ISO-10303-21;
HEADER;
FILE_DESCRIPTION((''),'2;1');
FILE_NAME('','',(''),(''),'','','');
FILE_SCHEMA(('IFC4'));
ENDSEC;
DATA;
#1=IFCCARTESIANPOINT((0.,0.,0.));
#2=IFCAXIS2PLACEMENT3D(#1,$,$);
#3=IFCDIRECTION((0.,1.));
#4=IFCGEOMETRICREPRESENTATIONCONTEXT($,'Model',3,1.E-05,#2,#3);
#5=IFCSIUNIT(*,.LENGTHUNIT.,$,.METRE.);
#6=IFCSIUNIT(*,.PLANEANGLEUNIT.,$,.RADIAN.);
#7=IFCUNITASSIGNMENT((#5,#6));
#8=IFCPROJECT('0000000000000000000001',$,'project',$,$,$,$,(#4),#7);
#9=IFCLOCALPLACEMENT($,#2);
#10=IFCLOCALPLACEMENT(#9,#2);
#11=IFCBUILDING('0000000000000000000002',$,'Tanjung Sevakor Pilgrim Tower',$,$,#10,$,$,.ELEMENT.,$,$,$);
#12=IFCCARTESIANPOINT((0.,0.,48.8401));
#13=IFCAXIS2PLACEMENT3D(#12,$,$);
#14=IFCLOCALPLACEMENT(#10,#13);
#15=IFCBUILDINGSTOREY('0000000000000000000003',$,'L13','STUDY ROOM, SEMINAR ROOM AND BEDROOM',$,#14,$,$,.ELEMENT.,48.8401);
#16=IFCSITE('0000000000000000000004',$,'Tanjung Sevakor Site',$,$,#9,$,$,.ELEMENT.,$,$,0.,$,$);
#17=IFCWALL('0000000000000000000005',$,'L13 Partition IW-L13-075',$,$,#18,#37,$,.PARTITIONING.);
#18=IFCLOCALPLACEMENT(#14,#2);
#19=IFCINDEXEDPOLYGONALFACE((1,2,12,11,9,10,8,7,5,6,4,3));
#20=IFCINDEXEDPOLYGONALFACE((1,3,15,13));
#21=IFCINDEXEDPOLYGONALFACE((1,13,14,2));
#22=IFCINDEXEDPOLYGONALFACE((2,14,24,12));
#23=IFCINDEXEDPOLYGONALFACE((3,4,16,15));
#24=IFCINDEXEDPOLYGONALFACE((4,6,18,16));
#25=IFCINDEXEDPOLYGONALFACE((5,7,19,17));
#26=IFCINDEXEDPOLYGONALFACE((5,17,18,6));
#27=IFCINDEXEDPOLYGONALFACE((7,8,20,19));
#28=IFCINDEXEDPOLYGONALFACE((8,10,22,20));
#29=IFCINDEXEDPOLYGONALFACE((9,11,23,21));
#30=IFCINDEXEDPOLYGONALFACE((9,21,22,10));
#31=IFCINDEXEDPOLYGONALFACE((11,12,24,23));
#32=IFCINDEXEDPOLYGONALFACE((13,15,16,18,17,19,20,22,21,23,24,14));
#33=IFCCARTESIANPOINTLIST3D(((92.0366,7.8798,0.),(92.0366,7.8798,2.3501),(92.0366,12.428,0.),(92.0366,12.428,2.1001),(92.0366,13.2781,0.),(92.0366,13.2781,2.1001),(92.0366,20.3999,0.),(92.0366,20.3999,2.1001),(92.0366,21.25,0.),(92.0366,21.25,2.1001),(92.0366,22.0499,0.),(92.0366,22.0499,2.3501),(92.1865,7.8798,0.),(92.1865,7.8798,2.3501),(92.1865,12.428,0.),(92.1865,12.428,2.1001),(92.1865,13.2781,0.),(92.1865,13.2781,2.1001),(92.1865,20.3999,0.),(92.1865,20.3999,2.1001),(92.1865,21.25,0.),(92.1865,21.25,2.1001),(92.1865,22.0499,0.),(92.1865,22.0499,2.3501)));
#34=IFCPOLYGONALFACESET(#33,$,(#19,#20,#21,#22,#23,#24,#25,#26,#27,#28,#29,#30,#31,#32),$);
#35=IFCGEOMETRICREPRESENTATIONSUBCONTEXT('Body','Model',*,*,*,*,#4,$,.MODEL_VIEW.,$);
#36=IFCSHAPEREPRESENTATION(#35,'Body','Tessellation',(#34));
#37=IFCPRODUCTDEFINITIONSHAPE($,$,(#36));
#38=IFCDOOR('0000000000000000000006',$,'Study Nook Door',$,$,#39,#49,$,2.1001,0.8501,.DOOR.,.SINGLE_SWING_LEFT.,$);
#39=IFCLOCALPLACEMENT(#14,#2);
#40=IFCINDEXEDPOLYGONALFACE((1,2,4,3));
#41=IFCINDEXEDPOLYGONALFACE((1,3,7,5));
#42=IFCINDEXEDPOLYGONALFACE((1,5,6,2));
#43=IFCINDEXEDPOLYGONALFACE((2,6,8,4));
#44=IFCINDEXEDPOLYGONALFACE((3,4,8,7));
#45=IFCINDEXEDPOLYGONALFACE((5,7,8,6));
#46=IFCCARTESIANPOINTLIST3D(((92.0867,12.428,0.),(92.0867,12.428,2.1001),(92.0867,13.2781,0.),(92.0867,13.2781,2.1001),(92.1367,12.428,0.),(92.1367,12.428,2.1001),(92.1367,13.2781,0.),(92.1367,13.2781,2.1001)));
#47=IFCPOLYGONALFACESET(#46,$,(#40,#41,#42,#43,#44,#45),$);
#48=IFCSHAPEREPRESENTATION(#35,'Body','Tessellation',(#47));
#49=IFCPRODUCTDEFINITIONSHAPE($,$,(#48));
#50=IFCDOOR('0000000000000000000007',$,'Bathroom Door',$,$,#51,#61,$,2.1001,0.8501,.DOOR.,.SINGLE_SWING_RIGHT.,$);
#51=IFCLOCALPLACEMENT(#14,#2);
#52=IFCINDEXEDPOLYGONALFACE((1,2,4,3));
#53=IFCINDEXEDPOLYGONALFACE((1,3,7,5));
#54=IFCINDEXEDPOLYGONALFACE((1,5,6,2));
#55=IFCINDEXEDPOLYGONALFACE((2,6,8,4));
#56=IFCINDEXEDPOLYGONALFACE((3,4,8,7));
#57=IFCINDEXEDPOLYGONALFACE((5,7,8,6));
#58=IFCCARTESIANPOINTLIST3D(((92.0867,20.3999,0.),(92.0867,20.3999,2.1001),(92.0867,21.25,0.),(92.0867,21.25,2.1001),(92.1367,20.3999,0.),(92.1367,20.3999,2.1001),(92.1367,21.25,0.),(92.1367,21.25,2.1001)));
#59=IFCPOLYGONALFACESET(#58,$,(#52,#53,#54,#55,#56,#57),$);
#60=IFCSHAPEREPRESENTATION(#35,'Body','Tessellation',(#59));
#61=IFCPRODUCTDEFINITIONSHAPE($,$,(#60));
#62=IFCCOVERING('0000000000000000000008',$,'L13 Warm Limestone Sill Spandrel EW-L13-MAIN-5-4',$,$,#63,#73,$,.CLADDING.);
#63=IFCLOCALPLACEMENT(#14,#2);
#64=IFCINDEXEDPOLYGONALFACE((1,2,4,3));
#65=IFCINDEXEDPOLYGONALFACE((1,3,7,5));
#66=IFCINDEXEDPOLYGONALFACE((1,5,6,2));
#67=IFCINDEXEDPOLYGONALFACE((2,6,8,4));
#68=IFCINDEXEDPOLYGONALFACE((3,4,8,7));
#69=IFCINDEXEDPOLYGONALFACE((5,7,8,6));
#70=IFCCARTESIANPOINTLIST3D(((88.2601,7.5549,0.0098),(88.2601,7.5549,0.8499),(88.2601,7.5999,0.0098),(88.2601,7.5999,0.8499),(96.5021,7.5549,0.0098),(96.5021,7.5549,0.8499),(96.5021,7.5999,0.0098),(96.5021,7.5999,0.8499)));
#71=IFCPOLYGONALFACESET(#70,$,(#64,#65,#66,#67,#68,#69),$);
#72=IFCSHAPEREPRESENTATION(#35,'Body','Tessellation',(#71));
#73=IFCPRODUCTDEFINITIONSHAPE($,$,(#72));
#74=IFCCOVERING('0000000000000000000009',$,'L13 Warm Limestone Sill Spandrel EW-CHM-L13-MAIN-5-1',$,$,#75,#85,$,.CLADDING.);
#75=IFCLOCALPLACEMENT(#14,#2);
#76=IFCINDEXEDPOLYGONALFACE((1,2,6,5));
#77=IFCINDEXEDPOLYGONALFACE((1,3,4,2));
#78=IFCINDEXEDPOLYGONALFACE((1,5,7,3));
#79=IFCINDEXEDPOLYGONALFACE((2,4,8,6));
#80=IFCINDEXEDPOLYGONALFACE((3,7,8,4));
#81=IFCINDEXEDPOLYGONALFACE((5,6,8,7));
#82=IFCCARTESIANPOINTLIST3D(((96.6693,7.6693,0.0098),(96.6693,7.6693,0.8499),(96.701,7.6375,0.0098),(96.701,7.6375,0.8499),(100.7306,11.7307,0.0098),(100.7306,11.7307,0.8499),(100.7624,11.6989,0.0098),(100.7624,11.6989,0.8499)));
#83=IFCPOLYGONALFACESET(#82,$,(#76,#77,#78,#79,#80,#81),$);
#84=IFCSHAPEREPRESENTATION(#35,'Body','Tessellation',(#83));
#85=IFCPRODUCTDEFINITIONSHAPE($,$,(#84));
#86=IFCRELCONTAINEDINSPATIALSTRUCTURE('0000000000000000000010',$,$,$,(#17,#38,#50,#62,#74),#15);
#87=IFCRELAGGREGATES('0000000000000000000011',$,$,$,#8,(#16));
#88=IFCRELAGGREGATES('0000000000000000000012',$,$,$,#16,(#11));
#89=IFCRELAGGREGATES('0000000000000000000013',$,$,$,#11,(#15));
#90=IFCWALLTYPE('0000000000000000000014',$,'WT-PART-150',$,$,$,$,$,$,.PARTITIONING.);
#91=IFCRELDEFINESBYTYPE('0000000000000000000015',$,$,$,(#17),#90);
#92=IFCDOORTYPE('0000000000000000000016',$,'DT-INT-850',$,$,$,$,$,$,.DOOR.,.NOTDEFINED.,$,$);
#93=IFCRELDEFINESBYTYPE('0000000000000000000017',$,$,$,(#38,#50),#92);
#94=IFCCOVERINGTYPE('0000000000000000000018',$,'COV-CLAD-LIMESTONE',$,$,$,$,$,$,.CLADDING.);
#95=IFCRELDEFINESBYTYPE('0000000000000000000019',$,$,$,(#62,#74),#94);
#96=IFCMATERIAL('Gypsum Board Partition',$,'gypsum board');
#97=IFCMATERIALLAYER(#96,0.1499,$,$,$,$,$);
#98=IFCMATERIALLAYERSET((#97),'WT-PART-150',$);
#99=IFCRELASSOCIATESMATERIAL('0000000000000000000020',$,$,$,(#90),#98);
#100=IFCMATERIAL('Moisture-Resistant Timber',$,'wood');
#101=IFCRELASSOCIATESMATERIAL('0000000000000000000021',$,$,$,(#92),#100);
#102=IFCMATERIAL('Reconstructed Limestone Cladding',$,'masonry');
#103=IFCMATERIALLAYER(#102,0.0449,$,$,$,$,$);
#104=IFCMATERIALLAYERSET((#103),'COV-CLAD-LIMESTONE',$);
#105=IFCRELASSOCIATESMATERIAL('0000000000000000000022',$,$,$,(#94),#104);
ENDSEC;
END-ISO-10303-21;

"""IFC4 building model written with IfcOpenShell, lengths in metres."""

from ifc_helpers import new_model, si_unit, direction, frame, frame_2d, origin, origin_2d, place, context, subcontext, project, spatial, rectangle, extrude, material, layer, layer_set, type_object, element, fill, save


model = new_model("IFC4")

# Units and contexts
model_context = context("Model", 3, precision=1e-05, world=origin(), true_north=direction((0.0, 1.0)))
body_context = subcontext(model_context, "Body", "Model", "MODEL_VIEW")
ifc_project = project(units=[si_unit("LENGTHUNIT", "METRE"), si_unit("PLANEANGLEUNIT", "RADIAN")], contexts=[model_context])

# Site, building, storey
site_placement = place(None, origin())
site = spatial("IfcSite", under=ifc_project, at=site_placement, Name="Tanjung Sevakor Site", CompositionType="ELEMENT", RefElevation=0.0)
building_placement = place(site_placement, origin())
building = spatial("IfcBuilding", under=site, at=building_placement, Name="Tanjung Sevakor Pilgrim Tower", CompositionType="ELEMENT")
storey_placement = place(building_placement, frame((0.0, 0.0, 48.8401)))
storey = spatial("IfcBuildingStorey", under=building, at=storey_placement, Name="L13", Description="STUDY ROOM, SEMINAR ROOM AND BEDROOM", CompositionType="ELEMENT", Elevation=48.8401)

# Shared definitions
ifc_material_1 = material(Name="Gypsum Board Partition", Category="gypsum board")
ifc_layer_1 = layer(ifc_material_1, 0.1499)
ifc_layer_set_1 = layer_set([ifc_layer_1], Name="WT-PART-150")
wall_type_1 = type_object("IfcWallType", Name="WT-PART-150", PredefinedType="PARTITIONING", material=ifc_layer_set_1)

# Wall, openings, doors
wall_1_placement = place(storey_placement, frame((92.1116, 7.8799, 0.0), z_axis=(0.0, 0.0, 1.0), x_axis=(0.0, 1.0, 0.0)))
wall_1 = element("IfcWall", 1, at=wall_1_placement, inside=storey, type_object=wall_type_1, Name="L13 Partition IW-L13-075", PredefinedType="PARTITIONING", context=body_context, shape_type="SweptSolid", body=[
    extrude(rectangle(XDim=14.1702, YDim=0.1499, at=frame_2d((7.085, 0.0))), origin(), (0.0, 0.0, 1.0), 2.3501),
])
opening_1_placement = place(wall_1_placement, frame((4.5481, 0.0, 0.0)))
opening_1 = element("IfcOpeningElement", 2, at=opening_1_placement, cuts=wall_1, PredefinedType="OPENING", context=body_context, shape_type="SweptSolid", body=[
    extrude(rectangle(XDim=0.8501, YDim=2.1001, at=frame_2d((0.425, 1.05))), frame((0.0, 0.085, 0.0), z_axis=(0.0, -1.0, 0.0), x_axis=(1.0, 0.0, 0.0)), (0.0, 0.0, 1.0), 0.1699),
])
opening_2_placement = place(wall_1_placement, frame((12.52, 0.0, 0.0)))
opening_2 = element("IfcOpeningElement", 3, at=opening_2_placement, cuts=wall_1, PredefinedType="OPENING", context=body_context, shape_type="SweptSolid", body=[
    extrude(rectangle(XDim=0.8501, YDim=2.1001, at=frame_2d((0.425, 1.05))), frame((0.0, 0.085, 0.0), z_axis=(0.0, -1.0, 0.0), x_axis=(1.0, 0.0, 0.0)), (0.0, 0.0, 1.0), 0.1699),
])
ifc_material_2 = material(Name="Moisture-Resistant Timber", Category="wood")
door_type = type_object("IfcDoorType", Name="DT-INT-850", OperationType="NOTDEFINED", PredefinedType="DOOR", material=ifc_material_2)
door_1_placement = place(opening_1_placement, origin())
door_1 = element("IfcDoor", 4, at=door_1_placement, inside=storey, type_object=door_type, Name="Study Nook Door", OperationType="SINGLE_SWING_LEFT", OverallHeight=2.1001, OverallWidth=0.8501, PredefinedType="DOOR", context=body_context, shape_type="SweptSolid", body=[
    extrude(rectangle(XDim=0.8501, YDim=2.1001, at=frame_2d((0.425, 1.05))), frame((0.0, 0.0249, 0.0), z_axis=(0.0, -1.0, 0.0), x_axis=(1.0, 0.0, 0.0)), (0.0, 0.0, 1.0), 0.05),
])
fill(opening_1, door_1)
door_2_placement = place(opening_2_placement, origin())
door_2 = element("IfcDoor", 5, at=door_2_placement, inside=storey, type_object=door_type, Name="Bathroom Door", OperationType="SINGLE_SWING_RIGHT", OverallHeight=2.1001, OverallWidth=0.8501, PredefinedType="DOOR", context=body_context, shape_type="SweptSolid", body=[
    extrude(rectangle(XDim=0.8501, YDim=2.1001, at=frame_2d((0.425, 1.05))), frame((0.0, 0.0249, 0.0), z_axis=(0.0, -1.0, 0.0), x_axis=(1.0, 0.0, 0.0)), (0.0, 0.0, 1.0), 0.05),
])
fill(opening_2, door_2)

# Coverings
ifc_material_3 = material(Name="Reconstructed Limestone Cladding", Category="masonry")
ifc_layer_2 = layer(ifc_material_3, 0.0449)
ifc_layer_set_2 = layer_set([ifc_layer_2], Name="COV-CLAD-LIMESTONE")
covering_type = type_object("IfcCoveringType", Name="COV-CLAD-LIMESTONE", PredefinedType="CLADDING", material=ifc_layer_set_2)
covering_1_placement = place(storey_placement, frame((92.3811, 7.5774, 0.0098), z_axis=(0.0, 0.0, 1.0), x_axis=(1.0, 0.0, 0.0)))
element("IfcCovering", 6, at=covering_1_placement, inside=storey, type_object=covering_type, Name="L13 Warm Limestone Sill Spandrel EW-L13-MAIN-5-4", PredefinedType="CLADDING", context=body_context, shape_type="SweptSolid", body=[
    extrude(rectangle(XDim=8.2419, YDim=0.0449, at=origin_2d()), origin(), (0.0, 0.0, 1.0), 0.8401),
])
covering_2_placement = place(storey_placement, frame((98.7158, 9.6841, 0.0098), z_axis=(0.0, 0.0, 1.0), x_axis=(0.707107, 0.707107, 0.0)))
element("IfcCovering", 7, at=covering_2_placement, inside=storey, type_object=covering_type, Name="L13 Warm Limestone Sill Spandrel EW-CHM-L13-MAIN-5-1", PredefinedType="CLADDING", context=body_context, shape_type="SweptSolid", body=[
    extrude(rectangle(XDim=5.7437, YDim=0.0449, at=origin_2d()), origin(), (0.0, 0.0, 1.0), 0.8401),
])

save(model, "model.ifc")
